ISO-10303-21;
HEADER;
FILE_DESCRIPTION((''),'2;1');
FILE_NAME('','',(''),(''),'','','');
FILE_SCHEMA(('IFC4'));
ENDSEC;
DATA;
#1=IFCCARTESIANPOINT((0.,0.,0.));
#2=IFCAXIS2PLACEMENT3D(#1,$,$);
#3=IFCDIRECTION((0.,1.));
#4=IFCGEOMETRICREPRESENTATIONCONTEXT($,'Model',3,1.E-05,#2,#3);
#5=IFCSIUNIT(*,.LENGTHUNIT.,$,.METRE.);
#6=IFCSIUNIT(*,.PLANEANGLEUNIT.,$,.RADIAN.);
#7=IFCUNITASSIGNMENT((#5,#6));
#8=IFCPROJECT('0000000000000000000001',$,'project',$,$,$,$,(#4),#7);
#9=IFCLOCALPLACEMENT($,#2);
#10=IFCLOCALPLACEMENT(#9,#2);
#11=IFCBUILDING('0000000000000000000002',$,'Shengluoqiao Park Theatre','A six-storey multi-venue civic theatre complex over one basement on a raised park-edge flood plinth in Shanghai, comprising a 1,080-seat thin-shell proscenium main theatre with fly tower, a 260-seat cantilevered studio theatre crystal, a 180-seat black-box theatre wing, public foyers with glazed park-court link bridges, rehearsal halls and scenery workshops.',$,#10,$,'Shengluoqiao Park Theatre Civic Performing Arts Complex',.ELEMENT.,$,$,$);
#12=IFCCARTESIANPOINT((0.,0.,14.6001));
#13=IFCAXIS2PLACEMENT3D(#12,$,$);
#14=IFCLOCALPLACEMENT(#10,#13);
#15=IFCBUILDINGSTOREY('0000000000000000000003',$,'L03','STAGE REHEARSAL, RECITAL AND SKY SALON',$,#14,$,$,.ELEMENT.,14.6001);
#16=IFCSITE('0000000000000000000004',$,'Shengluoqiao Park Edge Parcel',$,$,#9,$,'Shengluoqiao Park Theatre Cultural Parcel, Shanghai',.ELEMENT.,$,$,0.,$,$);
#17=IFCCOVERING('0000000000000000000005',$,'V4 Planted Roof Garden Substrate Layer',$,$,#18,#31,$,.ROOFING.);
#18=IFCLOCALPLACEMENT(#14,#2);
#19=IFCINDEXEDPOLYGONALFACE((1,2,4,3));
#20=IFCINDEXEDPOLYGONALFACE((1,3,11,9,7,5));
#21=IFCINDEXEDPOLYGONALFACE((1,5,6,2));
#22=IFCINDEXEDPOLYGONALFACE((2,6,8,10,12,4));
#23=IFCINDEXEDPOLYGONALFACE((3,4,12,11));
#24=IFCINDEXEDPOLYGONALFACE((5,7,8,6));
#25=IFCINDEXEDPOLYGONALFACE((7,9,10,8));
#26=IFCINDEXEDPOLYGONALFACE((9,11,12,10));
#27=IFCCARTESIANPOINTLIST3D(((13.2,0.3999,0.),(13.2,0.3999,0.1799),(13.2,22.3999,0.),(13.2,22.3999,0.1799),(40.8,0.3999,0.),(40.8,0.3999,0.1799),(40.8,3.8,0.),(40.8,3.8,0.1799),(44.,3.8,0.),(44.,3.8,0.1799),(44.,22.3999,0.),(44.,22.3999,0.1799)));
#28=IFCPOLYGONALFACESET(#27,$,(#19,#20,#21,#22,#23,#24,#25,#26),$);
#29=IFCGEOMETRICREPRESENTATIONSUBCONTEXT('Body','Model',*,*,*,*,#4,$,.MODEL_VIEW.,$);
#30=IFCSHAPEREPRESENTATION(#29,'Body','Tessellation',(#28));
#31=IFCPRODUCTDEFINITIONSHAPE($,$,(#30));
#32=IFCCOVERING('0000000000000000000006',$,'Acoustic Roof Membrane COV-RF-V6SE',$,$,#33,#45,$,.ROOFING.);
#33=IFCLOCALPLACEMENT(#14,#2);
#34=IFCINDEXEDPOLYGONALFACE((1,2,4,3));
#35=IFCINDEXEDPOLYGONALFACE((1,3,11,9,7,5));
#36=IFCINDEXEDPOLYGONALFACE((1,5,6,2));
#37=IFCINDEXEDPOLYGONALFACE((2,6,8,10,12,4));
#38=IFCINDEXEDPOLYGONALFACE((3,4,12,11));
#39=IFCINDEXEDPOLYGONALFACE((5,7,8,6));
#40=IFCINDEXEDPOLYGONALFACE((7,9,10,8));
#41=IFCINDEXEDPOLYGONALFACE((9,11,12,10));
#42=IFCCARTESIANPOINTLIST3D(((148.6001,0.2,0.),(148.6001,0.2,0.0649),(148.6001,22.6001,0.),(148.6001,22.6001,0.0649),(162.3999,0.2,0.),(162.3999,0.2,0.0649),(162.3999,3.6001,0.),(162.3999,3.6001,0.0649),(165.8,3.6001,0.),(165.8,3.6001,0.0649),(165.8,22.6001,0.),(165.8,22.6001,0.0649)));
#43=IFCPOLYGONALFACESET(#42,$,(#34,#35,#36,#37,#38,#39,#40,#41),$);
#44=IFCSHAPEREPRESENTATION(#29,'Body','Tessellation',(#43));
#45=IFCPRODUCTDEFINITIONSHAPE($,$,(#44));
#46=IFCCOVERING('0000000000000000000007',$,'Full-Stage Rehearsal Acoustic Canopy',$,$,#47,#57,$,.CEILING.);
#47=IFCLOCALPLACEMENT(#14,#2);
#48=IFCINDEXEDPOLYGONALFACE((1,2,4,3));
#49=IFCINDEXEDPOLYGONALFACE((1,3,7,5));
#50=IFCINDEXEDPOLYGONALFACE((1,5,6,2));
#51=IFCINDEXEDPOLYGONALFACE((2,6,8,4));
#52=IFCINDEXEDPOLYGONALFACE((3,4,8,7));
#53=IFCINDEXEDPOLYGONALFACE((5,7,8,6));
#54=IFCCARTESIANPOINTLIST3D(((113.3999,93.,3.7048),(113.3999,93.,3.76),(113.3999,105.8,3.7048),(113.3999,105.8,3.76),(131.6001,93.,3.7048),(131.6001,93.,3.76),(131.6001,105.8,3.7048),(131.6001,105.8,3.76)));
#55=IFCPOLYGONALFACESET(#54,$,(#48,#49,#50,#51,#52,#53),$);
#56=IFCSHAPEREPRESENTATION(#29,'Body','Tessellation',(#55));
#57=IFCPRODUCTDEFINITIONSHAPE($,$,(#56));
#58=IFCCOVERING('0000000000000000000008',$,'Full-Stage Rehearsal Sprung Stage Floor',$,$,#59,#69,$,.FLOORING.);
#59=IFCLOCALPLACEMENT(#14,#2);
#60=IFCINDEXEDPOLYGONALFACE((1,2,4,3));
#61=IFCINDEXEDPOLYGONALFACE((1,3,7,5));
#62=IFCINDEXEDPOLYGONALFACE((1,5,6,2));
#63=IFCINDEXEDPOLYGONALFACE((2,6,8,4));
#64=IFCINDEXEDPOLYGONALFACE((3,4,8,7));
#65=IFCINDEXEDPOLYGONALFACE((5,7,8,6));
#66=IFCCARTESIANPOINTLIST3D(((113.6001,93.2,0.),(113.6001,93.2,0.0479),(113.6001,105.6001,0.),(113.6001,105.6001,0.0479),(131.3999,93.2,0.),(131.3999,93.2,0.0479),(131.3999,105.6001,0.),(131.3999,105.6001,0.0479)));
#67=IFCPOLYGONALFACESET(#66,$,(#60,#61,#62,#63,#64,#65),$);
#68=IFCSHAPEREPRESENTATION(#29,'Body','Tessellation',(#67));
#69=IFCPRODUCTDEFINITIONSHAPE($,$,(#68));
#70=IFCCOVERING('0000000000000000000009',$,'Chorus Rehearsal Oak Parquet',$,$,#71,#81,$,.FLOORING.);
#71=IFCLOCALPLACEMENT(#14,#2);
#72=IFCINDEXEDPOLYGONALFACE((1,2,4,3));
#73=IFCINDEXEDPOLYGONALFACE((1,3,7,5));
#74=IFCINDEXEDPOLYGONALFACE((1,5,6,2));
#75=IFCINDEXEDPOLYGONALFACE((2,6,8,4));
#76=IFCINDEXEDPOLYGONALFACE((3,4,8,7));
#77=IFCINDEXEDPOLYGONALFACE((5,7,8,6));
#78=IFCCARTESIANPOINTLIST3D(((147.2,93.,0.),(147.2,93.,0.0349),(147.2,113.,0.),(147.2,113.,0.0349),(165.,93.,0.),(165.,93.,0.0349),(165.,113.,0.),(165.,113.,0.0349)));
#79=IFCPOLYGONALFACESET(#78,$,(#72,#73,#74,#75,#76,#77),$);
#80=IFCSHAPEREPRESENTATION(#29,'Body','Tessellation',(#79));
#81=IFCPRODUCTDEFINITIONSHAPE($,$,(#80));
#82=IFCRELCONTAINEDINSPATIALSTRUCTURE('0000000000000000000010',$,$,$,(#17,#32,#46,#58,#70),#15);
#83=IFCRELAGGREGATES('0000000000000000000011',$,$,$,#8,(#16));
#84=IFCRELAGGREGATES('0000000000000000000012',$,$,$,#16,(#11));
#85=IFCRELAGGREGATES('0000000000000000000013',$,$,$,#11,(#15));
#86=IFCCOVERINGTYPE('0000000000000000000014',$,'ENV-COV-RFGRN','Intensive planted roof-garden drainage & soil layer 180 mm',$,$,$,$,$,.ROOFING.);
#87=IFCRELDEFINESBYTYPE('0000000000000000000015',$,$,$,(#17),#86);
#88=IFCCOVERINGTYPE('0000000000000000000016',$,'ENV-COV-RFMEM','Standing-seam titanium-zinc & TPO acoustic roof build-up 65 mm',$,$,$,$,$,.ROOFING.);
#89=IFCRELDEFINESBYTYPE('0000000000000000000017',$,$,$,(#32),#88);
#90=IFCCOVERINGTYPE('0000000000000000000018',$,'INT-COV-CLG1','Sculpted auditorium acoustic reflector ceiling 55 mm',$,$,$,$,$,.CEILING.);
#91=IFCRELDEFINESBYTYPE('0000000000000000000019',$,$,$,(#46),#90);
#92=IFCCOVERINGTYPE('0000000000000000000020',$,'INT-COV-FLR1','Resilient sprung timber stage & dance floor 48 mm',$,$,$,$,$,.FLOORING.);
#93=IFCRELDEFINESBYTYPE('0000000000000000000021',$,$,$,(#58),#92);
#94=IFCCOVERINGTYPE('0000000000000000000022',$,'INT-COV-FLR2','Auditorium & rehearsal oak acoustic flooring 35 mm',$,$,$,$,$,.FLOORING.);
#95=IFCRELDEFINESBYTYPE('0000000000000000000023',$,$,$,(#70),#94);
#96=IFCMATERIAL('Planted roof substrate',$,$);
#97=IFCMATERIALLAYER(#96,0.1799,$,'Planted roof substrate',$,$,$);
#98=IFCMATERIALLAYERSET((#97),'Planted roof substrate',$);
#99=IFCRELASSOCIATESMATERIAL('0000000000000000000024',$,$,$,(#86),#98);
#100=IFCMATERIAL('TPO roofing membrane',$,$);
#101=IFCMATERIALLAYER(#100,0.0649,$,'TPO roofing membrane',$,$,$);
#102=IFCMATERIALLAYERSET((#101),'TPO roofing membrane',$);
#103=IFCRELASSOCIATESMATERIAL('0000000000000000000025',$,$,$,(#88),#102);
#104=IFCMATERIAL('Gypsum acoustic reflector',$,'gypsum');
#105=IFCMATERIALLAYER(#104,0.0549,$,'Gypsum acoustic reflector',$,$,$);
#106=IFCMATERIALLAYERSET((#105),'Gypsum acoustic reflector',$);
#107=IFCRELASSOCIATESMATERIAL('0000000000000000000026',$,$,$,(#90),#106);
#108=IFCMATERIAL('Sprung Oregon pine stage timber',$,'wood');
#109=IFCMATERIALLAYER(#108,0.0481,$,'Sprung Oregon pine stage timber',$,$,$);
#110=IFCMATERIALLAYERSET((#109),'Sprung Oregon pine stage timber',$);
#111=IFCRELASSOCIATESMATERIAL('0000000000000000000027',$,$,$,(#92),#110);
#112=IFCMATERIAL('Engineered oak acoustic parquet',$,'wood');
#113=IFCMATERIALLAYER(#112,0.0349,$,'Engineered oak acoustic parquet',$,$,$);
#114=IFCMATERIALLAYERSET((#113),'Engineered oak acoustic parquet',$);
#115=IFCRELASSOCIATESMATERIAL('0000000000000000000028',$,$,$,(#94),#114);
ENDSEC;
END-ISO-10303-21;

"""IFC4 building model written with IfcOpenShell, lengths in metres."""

from ifc_helpers import new_model, si_unit, direction, frame, origin, place, context, subcontext, project, spatial, polyline, outline, extrude, material, layer, layer_set, type_object, element, save


model = new_model("IFC4")

# Units and contexts
model_context = context("Model", 3, precision=1e-05, world=origin(), true_north=direction((0.0, 1.0)))
body_context = subcontext(model_context, "Body", "Model", "MODEL_VIEW")
ifc_project = project(units=[si_unit("LENGTHUNIT", "METRE"), si_unit("PLANEANGLEUNIT", "RADIAN")], contexts=[model_context])

# Site, building, storey
site_placement = place(None, origin())
site = spatial("IfcSite", under=ifc_project, at=site_placement, Name="Shengluoqiao Park Edge Parcel", LongName="Shengluoqiao Park Theatre Cultural Parcel, Shanghai", CompositionType="ELEMENT", RefElevation=0.0)
building_placement = place(site_placement, origin())
building = spatial("IfcBuilding", under=site, at=building_placement, Name="Shengluoqiao Park Theatre", Description="A six-storey multi-venue civic theatre complex over one basement on a raised park-edge flood plinth in Shanghai, comprising a 1,080-seat thin-shell proscenium main theatre with fly tower, a 260-seat cantilevered studio theatre crystal, a 180-seat black-box theatre wing, public foyers with glazed park-court link bridges, rehearsal halls and scenery workshops.", LongName="Shengluoqiao Park Theatre Civic Performing Arts Complex", CompositionType="ELEMENT")
storey_placement = place(building_placement, frame((0.0, 0.0, 14.6001)))
storey = spatial("IfcBuildingStorey", under=building, at=storey_placement, Name="L03", Description="STAGE REHEARSAL, RECITAL AND SKY SALON", CompositionType="ELEMENT", Elevation=14.6001)

# Coverings
ifc_material_1 = material(Name="Planted roof substrate")
ifc_layer_1 = layer(ifc_material_1, 0.1799, Name="Planted roof substrate")
ifc_layer_set_1 = layer_set([ifc_layer_1], Name="Planted roof substrate")
covering_type_1 = type_object("IfcCoveringType", Name="ENV-COV-RFGRN", Description="Intensive planted roof-garden drainage & soil layer 180 mm", PredefinedType="ROOFING", material=ifc_layer_set_1)
covering_1_placement = place(storey_placement, origin())
element("IfcCovering", 1, at=covering_1_placement, inside=storey, type_object=covering_type_1, Name="V4 Planted Roof Garden Substrate Layer", PredefinedType="ROOFING", context=body_context, shape_type="SweptSolid", body=[
    extrude(outline(polyline([(13.2, 0.3999), (40.8, 0.3999), (40.8, 3.8), (44.0, 3.8), (44.0, 22.3999), (13.2, 22.3999), (13.2, 0.3999)])), origin(), (0.0, 0.0, 1.0), 0.1799),
])
ifc_material_2 = material(Name="TPO roofing membrane")
ifc_layer_2 = layer(ifc_material_2, 0.0649, Name="TPO roofing membrane")
ifc_layer_set_2 = layer_set([ifc_layer_2], Name="TPO roofing membrane")
covering_type_2 = type_object("IfcCoveringType", Name="ENV-COV-RFMEM", Description="Standing-seam titanium-zinc & TPO acoustic roof build-up 65 mm", PredefinedType="ROOFING", material=ifc_layer_set_2)
covering_2_placement = place(storey_placement, origin())
element("IfcCovering", 2, at=covering_2_placement, inside=storey, type_object=covering_type_2, Name="Acoustic Roof Membrane COV-RF-V6SE", PredefinedType="ROOFING", context=body_context, shape_type="SweptSolid", body=[
    extrude(outline(polyline([(148.6001, 0.2), (162.3999, 0.2), (162.3999, 3.6001), (165.8, 3.6001), (165.8, 22.6001), (148.6001, 22.6001), (148.6001, 0.2)])), origin(), (0.0, 0.0, 1.0), 0.0649),
])
ifc_material_3 = material(Name="Gypsum acoustic reflector", Category="gypsum")
ifc_layer_3 = layer(ifc_material_3, 0.0549, Name="Gypsum acoustic reflector")
ifc_layer_set_3 = layer_set([ifc_layer_3], Name="Gypsum acoustic reflector")
covering_type_3 = type_object("IfcCoveringType", Name="INT-COV-CLG1", Description="Sculpted auditorium acoustic reflector ceiling 55 mm", PredefinedType="CEILING", material=ifc_layer_set_3)
covering_3_placement = place(storey_placement, frame((0.0, 0.0, 3.7048)))
element("IfcCovering", 3, at=covering_3_placement, inside=storey, type_object=covering_type_3, Name="Full-Stage Rehearsal Acoustic Canopy", PredefinedType="CEILING", context=body_context, shape_type="SweptSolid", body=[
    extrude(outline(polyline([(113.3999, 93.0), (131.6001, 93.0), (131.6001, 105.8), (113.3999, 105.8), (113.3999, 93.0)])), origin(), (0.0, 0.0, 1.0), 0.0552),
])
ifc_material_4 = material(Name="Sprung Oregon pine stage timber", Category="wood")
ifc_layer_4 = layer(ifc_material_4, 0.0481, Name="Sprung Oregon pine stage timber")
ifc_layer_set_4 = layer_set([ifc_layer_4], Name="Sprung Oregon pine stage timber")
covering_type_4 = type_object("IfcCoveringType", Name="INT-COV-FLR1", Description="Resilient sprung timber stage & dance floor 48 mm", PredefinedType="FLOORING", material=ifc_layer_set_4)
covering_4_placement = place(storey_placement, origin())
element("IfcCovering", 4, at=covering_4_placement, inside=storey, type_object=covering_type_4, Name="Full-Stage Rehearsal Sprung Stage Floor", PredefinedType="FLOORING", context=body_context, shape_type="SweptSolid", body=[
    extrude(outline(polyline([(113.6001, 93.2), (131.3999, 93.2), (131.3999, 105.6001), (113.6001, 105.6001), (113.6001, 93.2)])), origin(), (0.0, 0.0, 1.0), 0.0479),
])
ifc_material_5 = material(Name="Engineered oak acoustic parquet", Category="wood")
ifc_layer_5 = layer(ifc_material_5, 0.0349, Name="Engineered oak acoustic parquet")
ifc_layer_set_5 = layer_set([ifc_layer_5], Name="Engineered oak acoustic parquet")
covering_type_5 = type_object("IfcCoveringType", Name="INT-COV-FLR2", Description="Auditorium & rehearsal oak acoustic flooring 35 mm", PredefinedType="FLOORING", material=ifc_layer_set_5)
covering_5_placement = place(storey_placement, origin())
element("IfcCovering", 5, at=covering_5_placement, inside=storey, type_object=covering_type_5, Name="Chorus Rehearsal Oak Parquet", PredefinedType="FLOORING", context=body_context, shape_type="SweptSolid", body=[
    extrude(outline(polyline([(147.2, 93.0), (165.0, 93.0), (165.0, 113.0), (147.2, 113.0), (147.2, 93.0)])), origin(), (0.0, 0.0, 1.0), 0.0349),
])

save(model, "model.ifc")
